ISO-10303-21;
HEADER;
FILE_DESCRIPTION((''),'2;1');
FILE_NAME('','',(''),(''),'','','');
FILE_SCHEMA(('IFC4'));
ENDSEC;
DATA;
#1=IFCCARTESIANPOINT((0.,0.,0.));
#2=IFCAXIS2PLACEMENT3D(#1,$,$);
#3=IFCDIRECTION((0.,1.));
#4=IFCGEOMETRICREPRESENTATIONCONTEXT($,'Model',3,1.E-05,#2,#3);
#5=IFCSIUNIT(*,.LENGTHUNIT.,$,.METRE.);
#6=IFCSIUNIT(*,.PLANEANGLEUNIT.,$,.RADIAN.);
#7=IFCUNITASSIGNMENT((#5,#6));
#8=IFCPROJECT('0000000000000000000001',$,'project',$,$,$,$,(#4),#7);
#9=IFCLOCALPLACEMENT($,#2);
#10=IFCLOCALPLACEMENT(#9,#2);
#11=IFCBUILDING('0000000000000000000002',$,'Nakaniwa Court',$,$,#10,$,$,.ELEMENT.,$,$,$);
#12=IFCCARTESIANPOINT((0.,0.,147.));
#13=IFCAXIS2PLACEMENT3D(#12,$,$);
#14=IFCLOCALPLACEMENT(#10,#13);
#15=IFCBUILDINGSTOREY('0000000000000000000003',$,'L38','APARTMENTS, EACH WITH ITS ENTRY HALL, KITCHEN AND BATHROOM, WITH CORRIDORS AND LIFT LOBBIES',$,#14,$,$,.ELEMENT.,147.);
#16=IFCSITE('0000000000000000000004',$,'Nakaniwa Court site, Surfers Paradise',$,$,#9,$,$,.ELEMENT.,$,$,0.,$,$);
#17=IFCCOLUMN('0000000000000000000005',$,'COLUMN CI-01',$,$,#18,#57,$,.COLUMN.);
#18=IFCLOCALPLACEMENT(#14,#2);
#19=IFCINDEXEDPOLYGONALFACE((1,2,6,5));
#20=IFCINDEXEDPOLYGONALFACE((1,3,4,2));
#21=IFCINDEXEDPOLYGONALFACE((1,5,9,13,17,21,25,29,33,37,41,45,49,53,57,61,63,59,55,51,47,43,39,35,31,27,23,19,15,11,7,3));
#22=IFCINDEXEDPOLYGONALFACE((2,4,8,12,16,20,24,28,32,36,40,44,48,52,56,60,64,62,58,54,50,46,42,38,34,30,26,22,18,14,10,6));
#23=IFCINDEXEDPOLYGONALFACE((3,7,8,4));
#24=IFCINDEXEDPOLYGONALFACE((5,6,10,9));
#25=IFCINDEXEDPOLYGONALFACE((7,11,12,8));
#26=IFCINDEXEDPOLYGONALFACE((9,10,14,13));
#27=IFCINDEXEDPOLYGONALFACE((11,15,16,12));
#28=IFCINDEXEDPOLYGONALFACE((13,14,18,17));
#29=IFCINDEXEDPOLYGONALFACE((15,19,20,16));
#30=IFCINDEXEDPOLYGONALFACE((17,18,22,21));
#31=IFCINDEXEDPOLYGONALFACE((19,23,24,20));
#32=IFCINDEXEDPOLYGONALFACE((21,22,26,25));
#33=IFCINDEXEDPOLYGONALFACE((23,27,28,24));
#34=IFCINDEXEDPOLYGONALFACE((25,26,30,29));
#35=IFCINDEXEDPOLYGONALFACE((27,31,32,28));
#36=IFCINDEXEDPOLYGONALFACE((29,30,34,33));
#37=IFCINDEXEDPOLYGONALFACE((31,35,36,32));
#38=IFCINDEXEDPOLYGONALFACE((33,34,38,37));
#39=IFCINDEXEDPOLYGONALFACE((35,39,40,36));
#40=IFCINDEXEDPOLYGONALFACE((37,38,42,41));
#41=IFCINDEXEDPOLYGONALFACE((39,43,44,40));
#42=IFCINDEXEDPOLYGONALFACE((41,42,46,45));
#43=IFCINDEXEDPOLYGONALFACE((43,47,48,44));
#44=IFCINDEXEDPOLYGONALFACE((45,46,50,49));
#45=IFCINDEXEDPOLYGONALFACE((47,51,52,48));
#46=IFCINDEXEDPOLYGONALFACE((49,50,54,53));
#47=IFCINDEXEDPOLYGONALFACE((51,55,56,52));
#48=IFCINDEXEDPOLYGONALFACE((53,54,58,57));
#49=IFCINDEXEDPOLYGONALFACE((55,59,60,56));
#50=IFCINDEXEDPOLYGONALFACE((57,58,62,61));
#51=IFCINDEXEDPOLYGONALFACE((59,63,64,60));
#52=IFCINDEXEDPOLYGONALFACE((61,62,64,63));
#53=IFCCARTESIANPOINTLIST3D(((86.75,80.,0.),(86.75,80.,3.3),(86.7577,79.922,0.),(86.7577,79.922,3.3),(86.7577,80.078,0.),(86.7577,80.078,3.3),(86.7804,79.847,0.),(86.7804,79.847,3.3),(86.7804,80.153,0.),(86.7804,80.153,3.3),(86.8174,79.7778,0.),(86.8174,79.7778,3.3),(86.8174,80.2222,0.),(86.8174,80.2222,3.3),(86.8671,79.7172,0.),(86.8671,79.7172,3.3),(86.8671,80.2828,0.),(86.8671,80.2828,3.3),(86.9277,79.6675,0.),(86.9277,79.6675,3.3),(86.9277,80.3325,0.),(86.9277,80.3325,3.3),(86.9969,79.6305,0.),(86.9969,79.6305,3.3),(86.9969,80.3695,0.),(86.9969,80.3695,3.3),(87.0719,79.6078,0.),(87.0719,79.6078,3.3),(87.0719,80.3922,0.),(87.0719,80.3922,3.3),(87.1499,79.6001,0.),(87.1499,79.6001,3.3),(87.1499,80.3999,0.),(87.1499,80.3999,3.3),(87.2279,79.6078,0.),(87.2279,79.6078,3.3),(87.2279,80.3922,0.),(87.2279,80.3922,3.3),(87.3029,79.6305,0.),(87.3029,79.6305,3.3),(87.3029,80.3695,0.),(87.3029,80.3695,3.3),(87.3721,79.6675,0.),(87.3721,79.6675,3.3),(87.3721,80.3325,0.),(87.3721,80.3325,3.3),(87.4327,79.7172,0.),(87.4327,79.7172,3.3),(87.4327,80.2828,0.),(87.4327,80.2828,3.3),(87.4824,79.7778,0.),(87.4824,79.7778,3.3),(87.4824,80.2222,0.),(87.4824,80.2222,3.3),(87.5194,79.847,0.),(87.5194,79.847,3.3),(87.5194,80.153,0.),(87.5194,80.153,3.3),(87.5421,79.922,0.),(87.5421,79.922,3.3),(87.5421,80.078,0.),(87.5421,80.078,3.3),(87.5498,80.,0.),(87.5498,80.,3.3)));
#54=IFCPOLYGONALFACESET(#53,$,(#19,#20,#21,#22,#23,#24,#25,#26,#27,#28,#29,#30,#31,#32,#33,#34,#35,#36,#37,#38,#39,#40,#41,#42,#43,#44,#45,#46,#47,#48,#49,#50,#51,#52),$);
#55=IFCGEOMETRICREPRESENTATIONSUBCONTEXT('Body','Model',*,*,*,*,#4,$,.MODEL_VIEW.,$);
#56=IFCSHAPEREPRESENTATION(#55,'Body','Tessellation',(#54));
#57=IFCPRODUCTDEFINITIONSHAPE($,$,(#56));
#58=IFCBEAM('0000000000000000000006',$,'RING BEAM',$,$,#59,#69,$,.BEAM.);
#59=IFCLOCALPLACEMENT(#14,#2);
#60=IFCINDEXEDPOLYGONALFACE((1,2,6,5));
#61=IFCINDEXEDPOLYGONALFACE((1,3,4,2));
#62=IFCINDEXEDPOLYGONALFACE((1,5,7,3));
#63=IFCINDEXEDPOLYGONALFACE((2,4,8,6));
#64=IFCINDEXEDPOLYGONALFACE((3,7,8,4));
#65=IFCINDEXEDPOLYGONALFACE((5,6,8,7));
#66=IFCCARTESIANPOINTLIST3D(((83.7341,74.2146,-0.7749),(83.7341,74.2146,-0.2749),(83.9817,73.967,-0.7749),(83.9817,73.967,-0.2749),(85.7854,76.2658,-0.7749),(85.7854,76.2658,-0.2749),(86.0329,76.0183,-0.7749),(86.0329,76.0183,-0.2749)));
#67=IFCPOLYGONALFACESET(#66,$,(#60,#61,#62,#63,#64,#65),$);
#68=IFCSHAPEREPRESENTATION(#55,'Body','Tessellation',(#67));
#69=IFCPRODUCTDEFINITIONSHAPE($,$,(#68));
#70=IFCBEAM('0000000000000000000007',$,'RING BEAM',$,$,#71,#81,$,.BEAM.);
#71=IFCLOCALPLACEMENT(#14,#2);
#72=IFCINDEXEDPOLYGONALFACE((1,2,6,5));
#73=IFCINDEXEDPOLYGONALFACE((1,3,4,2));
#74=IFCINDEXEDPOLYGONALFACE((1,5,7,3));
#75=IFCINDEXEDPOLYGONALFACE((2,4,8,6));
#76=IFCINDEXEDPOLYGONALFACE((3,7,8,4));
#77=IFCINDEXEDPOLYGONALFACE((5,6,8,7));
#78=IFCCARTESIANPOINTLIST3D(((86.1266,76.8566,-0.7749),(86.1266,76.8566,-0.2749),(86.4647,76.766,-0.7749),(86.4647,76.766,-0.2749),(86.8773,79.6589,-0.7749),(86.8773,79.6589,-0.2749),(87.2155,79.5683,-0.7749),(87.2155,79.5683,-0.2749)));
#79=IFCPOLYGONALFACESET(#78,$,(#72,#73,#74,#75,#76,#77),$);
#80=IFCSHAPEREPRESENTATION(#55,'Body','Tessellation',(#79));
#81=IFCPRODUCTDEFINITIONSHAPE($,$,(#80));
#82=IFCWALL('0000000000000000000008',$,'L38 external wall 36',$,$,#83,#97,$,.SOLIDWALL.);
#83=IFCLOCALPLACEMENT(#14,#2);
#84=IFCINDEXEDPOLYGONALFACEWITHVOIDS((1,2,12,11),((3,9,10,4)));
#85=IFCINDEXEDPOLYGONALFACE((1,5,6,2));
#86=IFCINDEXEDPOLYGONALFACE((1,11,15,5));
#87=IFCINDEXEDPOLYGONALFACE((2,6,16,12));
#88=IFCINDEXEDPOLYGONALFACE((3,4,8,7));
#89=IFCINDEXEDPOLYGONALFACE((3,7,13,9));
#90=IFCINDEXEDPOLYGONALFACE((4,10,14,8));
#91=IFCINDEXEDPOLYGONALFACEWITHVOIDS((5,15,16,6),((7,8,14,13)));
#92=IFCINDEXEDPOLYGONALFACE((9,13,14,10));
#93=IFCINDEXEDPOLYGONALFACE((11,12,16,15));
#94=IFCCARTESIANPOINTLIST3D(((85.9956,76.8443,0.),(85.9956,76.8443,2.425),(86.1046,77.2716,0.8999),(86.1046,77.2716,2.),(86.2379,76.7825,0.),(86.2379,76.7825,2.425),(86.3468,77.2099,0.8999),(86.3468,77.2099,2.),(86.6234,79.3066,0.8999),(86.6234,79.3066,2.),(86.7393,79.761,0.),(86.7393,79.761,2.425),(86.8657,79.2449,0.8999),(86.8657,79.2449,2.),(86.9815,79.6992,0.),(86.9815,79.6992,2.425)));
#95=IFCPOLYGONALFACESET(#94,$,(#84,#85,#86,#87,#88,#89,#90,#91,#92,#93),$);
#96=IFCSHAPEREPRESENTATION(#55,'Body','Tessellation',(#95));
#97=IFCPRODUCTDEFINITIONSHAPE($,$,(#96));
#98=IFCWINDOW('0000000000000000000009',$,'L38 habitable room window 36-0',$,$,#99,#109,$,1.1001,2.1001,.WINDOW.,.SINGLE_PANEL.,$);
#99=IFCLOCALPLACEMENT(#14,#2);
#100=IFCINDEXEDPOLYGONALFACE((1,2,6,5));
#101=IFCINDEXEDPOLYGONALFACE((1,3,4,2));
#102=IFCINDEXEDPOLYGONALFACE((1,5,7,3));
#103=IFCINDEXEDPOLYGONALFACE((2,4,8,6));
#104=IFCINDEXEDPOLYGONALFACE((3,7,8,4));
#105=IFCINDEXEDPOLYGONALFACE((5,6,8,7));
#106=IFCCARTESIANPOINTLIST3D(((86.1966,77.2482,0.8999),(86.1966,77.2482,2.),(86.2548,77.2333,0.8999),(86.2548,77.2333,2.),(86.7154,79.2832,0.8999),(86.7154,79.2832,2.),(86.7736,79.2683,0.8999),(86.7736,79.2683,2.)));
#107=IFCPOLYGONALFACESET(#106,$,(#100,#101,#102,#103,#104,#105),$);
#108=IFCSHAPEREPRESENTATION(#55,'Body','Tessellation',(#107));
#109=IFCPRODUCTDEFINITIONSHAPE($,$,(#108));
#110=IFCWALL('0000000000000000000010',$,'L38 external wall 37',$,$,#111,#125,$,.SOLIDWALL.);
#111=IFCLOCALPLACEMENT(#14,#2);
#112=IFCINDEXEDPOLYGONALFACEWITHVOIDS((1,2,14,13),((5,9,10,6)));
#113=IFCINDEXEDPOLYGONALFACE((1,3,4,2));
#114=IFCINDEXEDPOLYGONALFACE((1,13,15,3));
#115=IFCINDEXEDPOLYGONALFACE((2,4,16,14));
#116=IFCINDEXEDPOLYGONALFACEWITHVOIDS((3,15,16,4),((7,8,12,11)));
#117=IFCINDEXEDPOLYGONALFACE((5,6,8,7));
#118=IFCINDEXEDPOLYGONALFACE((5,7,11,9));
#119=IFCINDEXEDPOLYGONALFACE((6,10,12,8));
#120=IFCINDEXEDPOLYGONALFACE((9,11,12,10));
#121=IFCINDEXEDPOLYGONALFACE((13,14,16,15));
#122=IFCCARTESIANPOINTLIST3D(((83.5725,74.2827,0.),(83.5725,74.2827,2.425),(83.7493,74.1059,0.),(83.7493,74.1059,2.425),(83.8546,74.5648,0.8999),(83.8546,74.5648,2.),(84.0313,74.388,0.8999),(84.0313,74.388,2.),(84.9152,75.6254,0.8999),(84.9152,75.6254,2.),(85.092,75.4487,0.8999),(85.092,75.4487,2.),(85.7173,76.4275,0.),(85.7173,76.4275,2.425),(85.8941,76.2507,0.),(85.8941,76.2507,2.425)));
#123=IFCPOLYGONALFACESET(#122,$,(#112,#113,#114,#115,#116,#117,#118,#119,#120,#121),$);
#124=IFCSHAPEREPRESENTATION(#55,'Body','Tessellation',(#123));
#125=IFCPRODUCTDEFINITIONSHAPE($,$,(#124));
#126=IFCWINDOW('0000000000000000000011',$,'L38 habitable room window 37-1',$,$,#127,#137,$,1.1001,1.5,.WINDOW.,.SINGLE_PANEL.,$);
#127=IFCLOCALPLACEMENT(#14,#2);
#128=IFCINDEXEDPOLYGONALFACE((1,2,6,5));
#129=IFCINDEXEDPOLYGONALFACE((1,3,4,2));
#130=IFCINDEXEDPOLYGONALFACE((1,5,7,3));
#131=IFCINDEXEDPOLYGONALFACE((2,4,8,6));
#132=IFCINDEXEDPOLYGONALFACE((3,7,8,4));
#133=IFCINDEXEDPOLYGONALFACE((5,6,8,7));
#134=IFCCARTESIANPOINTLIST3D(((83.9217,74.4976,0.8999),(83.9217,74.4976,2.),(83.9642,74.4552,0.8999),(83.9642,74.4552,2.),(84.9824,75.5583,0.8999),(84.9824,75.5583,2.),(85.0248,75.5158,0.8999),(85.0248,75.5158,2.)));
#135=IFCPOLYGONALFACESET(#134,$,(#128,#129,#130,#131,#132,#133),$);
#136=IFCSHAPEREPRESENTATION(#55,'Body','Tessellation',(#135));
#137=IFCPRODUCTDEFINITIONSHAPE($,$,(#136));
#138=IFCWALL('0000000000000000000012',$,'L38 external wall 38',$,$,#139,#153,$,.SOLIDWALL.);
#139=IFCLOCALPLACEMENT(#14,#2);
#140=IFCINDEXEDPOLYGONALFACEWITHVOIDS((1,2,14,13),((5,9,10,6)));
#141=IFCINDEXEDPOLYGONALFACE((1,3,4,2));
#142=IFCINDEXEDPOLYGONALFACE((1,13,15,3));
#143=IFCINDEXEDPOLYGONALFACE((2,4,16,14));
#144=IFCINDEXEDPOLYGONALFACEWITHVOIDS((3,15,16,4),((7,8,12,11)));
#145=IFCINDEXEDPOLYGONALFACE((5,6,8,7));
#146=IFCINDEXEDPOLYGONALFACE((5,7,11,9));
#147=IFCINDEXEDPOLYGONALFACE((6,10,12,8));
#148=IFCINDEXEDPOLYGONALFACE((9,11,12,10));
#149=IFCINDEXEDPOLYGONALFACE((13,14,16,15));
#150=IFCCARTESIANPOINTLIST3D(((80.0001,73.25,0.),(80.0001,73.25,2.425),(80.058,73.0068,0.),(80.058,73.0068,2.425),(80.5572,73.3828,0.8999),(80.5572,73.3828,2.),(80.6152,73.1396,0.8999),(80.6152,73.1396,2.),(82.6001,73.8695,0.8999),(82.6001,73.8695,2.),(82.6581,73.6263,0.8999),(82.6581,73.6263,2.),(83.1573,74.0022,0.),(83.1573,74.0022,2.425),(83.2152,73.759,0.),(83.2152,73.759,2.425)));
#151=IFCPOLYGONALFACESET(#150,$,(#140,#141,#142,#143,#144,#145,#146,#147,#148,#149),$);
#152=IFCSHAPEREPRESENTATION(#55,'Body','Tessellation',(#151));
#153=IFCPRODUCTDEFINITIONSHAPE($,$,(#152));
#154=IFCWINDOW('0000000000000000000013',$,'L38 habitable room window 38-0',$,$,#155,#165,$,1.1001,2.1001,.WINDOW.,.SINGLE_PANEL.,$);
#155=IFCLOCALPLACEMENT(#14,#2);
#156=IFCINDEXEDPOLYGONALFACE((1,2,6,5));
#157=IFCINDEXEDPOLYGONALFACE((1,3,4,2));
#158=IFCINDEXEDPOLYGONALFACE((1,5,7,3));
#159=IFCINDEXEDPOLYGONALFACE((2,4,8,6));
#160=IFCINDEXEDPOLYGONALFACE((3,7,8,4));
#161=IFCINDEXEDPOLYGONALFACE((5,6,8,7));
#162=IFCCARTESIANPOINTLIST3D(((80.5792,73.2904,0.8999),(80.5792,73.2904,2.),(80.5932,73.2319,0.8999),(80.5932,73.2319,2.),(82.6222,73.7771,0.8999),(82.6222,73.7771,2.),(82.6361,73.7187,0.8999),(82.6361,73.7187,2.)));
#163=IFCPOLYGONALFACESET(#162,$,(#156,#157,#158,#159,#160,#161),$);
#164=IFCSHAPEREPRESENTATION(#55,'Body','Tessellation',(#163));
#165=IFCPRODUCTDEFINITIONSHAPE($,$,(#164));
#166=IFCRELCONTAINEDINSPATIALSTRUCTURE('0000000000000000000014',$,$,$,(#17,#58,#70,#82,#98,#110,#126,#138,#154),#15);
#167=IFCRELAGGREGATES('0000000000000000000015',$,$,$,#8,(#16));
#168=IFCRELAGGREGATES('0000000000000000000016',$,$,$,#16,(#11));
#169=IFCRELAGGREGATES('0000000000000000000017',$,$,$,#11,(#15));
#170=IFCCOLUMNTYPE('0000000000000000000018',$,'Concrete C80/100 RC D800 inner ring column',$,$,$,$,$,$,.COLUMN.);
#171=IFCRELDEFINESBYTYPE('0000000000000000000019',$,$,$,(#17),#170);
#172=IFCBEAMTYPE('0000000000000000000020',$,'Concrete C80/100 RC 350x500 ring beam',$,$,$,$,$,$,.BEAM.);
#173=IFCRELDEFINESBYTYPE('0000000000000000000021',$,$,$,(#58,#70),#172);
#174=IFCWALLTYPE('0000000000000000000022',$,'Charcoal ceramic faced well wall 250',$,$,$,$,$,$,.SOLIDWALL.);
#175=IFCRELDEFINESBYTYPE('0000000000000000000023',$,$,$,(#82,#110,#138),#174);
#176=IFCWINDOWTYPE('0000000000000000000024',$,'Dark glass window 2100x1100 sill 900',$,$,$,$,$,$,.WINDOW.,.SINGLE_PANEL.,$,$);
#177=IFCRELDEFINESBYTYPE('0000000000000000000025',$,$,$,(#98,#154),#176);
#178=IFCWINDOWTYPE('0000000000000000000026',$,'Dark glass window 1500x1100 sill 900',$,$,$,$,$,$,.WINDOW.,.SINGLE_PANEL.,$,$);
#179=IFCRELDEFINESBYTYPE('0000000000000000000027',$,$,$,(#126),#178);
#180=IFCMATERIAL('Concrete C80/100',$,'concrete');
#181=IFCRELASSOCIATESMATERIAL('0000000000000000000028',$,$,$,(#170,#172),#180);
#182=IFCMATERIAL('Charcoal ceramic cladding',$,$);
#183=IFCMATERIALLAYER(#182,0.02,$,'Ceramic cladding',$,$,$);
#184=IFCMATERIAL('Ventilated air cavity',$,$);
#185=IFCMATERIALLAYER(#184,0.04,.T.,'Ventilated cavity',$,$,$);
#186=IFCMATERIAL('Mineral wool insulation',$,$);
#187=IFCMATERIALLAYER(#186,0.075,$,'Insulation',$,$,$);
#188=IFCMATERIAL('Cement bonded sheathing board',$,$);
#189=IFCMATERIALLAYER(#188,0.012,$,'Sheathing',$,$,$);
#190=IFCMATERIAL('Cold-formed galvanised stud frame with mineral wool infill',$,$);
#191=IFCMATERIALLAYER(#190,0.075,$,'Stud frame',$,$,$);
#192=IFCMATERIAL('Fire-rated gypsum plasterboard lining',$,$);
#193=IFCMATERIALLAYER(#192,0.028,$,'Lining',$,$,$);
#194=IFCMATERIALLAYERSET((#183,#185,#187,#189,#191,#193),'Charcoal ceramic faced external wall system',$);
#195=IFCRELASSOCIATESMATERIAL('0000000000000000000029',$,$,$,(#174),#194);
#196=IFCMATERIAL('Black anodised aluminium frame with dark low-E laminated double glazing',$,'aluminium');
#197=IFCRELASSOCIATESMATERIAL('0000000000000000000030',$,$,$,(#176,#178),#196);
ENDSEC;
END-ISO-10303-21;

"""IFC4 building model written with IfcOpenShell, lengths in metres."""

from ifc_helpers import new_model, si_unit, direction, frame, frame_2d, origin, origin_2d, place, context, subcontext, project, spatial, rectangle, circle, extrude, material, layer, layer_set, material_profile, profile_set, type_object, element, fill, save


model = new_model("IFC4")

# Units and contexts
model_context = context("Model", 3, precision=1e-05, world=origin(), true_north=direction((0.0, 1.0)))
body_context = subcontext(model_context, "Body", "Model", "MODEL_VIEW")
ifc_project = project(units=[si_unit("LENGTHUNIT", "METRE"), si_unit("PLANEANGLEUNIT", "RADIAN")], contexts=[model_context])

# Site, building, storey
site_placement = place(None, origin())
site = spatial("IfcSite", under=ifc_project, at=site_placement, Name="Nakaniwa Court site, Surfers Paradise", CompositionType="ELEMENT", RefElevation=0.0)
building_placement = place(site_placement, origin())
building = spatial("IfcBuilding", under=site, at=building_placement, Name="Nakaniwa Court", CompositionType="ELEMENT")
storey_placement = place(building_placement, frame((0.0, 0.0, 147.0)))
storey = spatial("IfcBuildingStorey", under=building, at=storey_placement, Name="L38", Description="APARTMENTS, EACH WITH ITS ENTRY HALL, KITCHEN AND BATHROOM, WITH CORRIDORS AND LIFT LOBBIES", CompositionType="ELEMENT", Elevation=147.0)

# Column
ifc_material_1 = material(Name="Concrete C80/100", Category="concrete")
ifc_material_profile_1 = material_profile(ifc_material_1, circle(Radius=0.3999, at=origin_2d()), Name="Concrete C80/100 RC D800 inner ring column")
ifc_profile_set_1 = profile_set([ifc_material_profile_1], Name="Concrete C80/100")
column_type = type_object("IfcColumnType", Name="Concrete C80/100 RC D800 inner ring column", PredefinedType="COLUMN", material=ifc_profile_set_1)
for number, where, z_axis, x_axis, name in (
    (1, (87.1499, 80.0, 0.0), (0.0, 0.0, 1.0), (0.0, 1.0, 0.0), "COLUMN CI-01"),
):
    element("IfcColumn", number, at=place(storey_placement, frame(where, z_axis=z_axis, x_axis=x_axis)), inside=storey, type_object=column_type, Name=name, PredefinedType="COLUMN", context=body_context, shape_type="SweptSolid", body=[
        extrude(circle(Radius=0.3999, at=origin_2d()), origin(), (0.0, 0.0, 1.0), 3.3),
    ])

# Beams
ifc_material_profile_2 = material_profile(ifc_material_1, rectangle(XDim=0.3501, YDim=0.5, at=origin_2d()), Name="Concrete C80/100 RC 350x500 ring beam")
ifc_profile_set_2 = profile_set([ifc_material_profile_2], Name="Concrete C80/100")
beam_type = type_object("IfcBeamType", Name="Concrete C80/100 RC 350x500 ring beam", PredefinedType="BEAM", material=ifc_profile_set_2)
beam_1_placement = place(storey_placement, frame((83.8579, 74.0908, -0.5249), z_axis=(0.707107, 0.707107, 0.0), x_axis=(-0.707107, 0.707107, 0.0)))
element("IfcBeam", 2, at=beam_1_placement, inside=storey, type_object=beam_type, Name="RING BEAM", PredefinedType="BEAM", context=body_context, shape_type="SweptSolid", body=[
    extrude(rectangle(XDim=0.3501, YDim=0.5, at=origin_2d()), origin(), (0.0, 0.0, 1.0), 2.9009),
])
beam_2_placement = place(storey_placement, frame((86.2957, 76.8113, -0.5249), z_axis=(0.258778, 0.965937, 0.0), x_axis=(-0.965937, 0.258778, 0.0)))
element("IfcBeam", 3, at=beam_2_placement, inside=storey, type_object=beam_type, Name="RING BEAM", PredefinedType="BEAM", context=body_context, shape_type="SweptSolid", body=[
    extrude(rectangle(XDim=0.3501, YDim=0.5, at=origin_2d()), origin(), (0.0, 0.0, 1.0), 2.9011),
])

# Walls, openings, windows
ifc_material_2 = material(Name="Charcoal ceramic cladding")
ifc_layer_1 = layer(ifc_material_2, 0.02, Name="Ceramic cladding")
ifc_material_3 = material(Name="Ventilated air cavity")
ifc_layer_2 = layer(ifc_material_3, 0.04, ventilated=True, Name="Ventilated cavity")
ifc_material_4 = material(Name="Mineral wool insulation")
ifc_layer_3 = layer(ifc_material_4, 0.075, Name="Insulation")
ifc_material_5 = material(Name="Cement bonded sheathing board")
ifc_layer_4 = layer(ifc_material_5, 0.012, Name="Sheathing")
ifc_material_6 = material(Name="Cold-formed galvanised stud frame with mineral wool infill")
ifc_layer_5 = layer(ifc_material_6, 0.075, Name="Stud frame")
ifc_material_7 = material(Name="Fire-rated gypsum plasterboard lining")
ifc_layer_6 = layer(ifc_material_7, 0.028, Name="Lining")
ifc_layer_set_1 = layer_set([ifc_layer_1, ifc_layer_2, ifc_layer_3, ifc_layer_4, ifc_layer_5, ifc_layer_6], Name="Charcoal ceramic faced external wall system")
wall_type_1 = type_object("IfcWallType", Name="Charcoal ceramic faced well wall 250", PredefinedType="SOLIDWALL", material=ifc_layer_set_1)
wall_1_placement = place(storey_placement, frame((86.8604, 79.73, 0.0), z_axis=(0.0, 0.0, 1.0), x_axis=(-0.247056, -0.969001, 0.0)))
wall_1 = element("IfcWall", 4, at=wall_1_placement, inside=storey, type_object=wall_type_1, Name="L38 external wall 36", PredefinedType="SOLIDWALL", context=body_context, shape_type="SweptSolid", body=[
    extrude(rectangle(XDim=3.01, YDim=0.25, at=frame_2d((1.5049, 0.0))), origin(), (0.0, 0.0, 1.0), 2.425),
])
opening_1_placement = place(wall_1_placement, frame((0.4688, 0.0, 0.8999)))
opening_1 = element("IfcOpeningElement", 5, at=opening_1_placement, cuts=wall_1, PredefinedType="OPENING", context=body_context, shape_type="SweptSolid", body=[
    extrude(rectangle(XDim=2.1001, YDim=1.1001, at=frame_2d((1.05, 0.55))), frame((0.0, 0.135, 0.0), z_axis=(0.0, -1.0, 0.0), x_axis=(1.0, 0.0, 0.0)), (0.0, 0.0, 1.0), 0.27),
])
ifc_material_8 = material(Name="Black anodised aluminium frame with dark low-E laminated double glazing", Category="aluminium")
window_type_1 = type_object("IfcWindowType", Name="Dark glass window 2100x1100 sill 900", PartitioningType="SINGLE_PANEL", PredefinedType="WINDOW", material=ifc_material_8)
window_1_placement = place(opening_1_placement, origin())
window_1 = element("IfcWindow", 6, at=window_1_placement, inside=storey, type_object=window_type_1, Name="L38 habitable room window 36-0", OverallHeight=1.1001, OverallWidth=2.1001, PartitioningType="SINGLE_PANEL", PredefinedType="WINDOW", context=body_context, shape_type="SweptSolid", body=[
    extrude(rectangle(XDim=2.1001, YDim=1.1001, at=frame_2d((1.05, 0.55))), frame((0.0, 0.03, 0.0), z_axis=(0.0, -1.0, 0.0), x_axis=(1.0, 0.0, 0.0)), (0.0, 0.0, 1.0), 0.0601),
])
fill(opening_1, window_1)
wall_2_placement = place(storey_placement, frame((85.8057, 76.3391, 0.0), z_axis=(0.0, 0.0, 1.0), x_axis=(-0.707107, -0.707107, 0.0)))
wall_2 = element("IfcWall", 7, at=wall_2_placement, inside=storey, type_object=wall_type_1, Name="L38 external wall 37", PredefinedType="SOLIDWALL", context=body_context, shape_type="SweptSolid", body=[
    extrude(rectangle(XDim=3.0332, YDim=0.25, at=frame_2d((1.5166, 0.0))), origin(), (0.0, 0.0, 1.0), 2.425),
])
opening_2_placement = place(wall_2_placement, frame((1.1343, 0.0, 0.8999)))
opening_2 = element("IfcOpeningElement", 8, at=opening_2_placement, cuts=wall_2, PredefinedType="OPENING", context=body_context, shape_type="SweptSolid", body=[
    extrude(rectangle(XDim=1.5, YDim=1.1001, at=frame_2d((0.75, 0.55))), frame((0.0, 0.135, 0.0), z_axis=(0.0, -1.0, 0.0), x_axis=(1.0, 0.0, 0.0)), (0.0, 0.0, 1.0), 0.27),
])
window_type_2 = type_object("IfcWindowType", Name="Dark glass window 1500x1100 sill 900", PartitioningType="SINGLE_PANEL", PredefinedType="WINDOW", material=ifc_material_8)
window_2_placement = place(opening_2_placement, origin())
window_2 = element("IfcWindow", 9, at=window_2_placement, inside=storey, type_object=window_type_2, Name="L38 habitable room window 37-1", OverallHeight=1.1001, OverallWidth=1.5, PartitioningType="SINGLE_PANEL", PredefinedType="WINDOW", context=body_context, shape_type="SweptSolid", body=[
    extrude(rectangle(XDim=1.5, YDim=1.1001, at=frame_2d((0.75, 0.55))), frame((0.0, 0.03, 0.0), z_axis=(0.0, -1.0, 0.0), x_axis=(1.0, 0.0, 0.0)), (0.0, 0.0, 1.0), 0.0601),
])
fill(opening_2, window_2)
wall_3_placement = place(storey_placement, frame((83.1863, 73.8806, 0.0), z_axis=(0.0, 0.0, 1.0), x_axis=(-0.972773, -0.23176, 0.0)))
wall_3 = element("IfcWall", 10, at=wall_3_placement, inside=storey, type_object=wall_type_1, Name="L38 external wall 38", PredefinedType="SOLIDWALL", context=body_context, shape_type="SweptSolid", body=[
    extrude(rectangle(XDim=3.2456, YDim=0.25, at=frame_2d((1.6228, 0.0))), origin(), (0.0, 0.0, 1.0), 2.425),
])
opening_3_placement = place(wall_3_placement, frame((0.5728, 0.0, 0.8999)))
opening_3 = element("IfcOpeningElement", 11, at=opening_3_placement, cuts=wall_3, PredefinedType="OPENING", context=body_context, shape_type="SweptSolid", body=[
    extrude(rectangle(XDim=2.1001, YDim=1.1001, at=frame_2d((1.05, 0.55))), frame((0.0, 0.135, 0.0), z_axis=(0.0, -1.0, 0.0), x_axis=(1.0, 0.0, 0.0)), (0.0, 0.0, 1.0), 0.27),
])
window_3_placement = place(opening_3_placement, origin())
window_3 = element("IfcWindow", 12, at=window_3_placement, inside=storey, type_object=window_type_1, Name="L38 habitable room window 38-0", OverallHeight=1.1001, OverallWidth=2.1001, PartitioningType="SINGLE_PANEL", PredefinedType="WINDOW", context=body_context, shape_type="SweptSolid", body=[
    extrude(rectangle(XDim=2.1001, YDim=1.1001, at=frame_2d((1.05, 0.55))), frame((0.0, 0.03, 0.0), z_axis=(0.0, -1.0, 0.0), x_axis=(1.0, 0.0, 0.0)), (0.0, 0.0, 1.0), 0.0601),
])
fill(opening_3, window_3)

save(model, "model.ifc")
